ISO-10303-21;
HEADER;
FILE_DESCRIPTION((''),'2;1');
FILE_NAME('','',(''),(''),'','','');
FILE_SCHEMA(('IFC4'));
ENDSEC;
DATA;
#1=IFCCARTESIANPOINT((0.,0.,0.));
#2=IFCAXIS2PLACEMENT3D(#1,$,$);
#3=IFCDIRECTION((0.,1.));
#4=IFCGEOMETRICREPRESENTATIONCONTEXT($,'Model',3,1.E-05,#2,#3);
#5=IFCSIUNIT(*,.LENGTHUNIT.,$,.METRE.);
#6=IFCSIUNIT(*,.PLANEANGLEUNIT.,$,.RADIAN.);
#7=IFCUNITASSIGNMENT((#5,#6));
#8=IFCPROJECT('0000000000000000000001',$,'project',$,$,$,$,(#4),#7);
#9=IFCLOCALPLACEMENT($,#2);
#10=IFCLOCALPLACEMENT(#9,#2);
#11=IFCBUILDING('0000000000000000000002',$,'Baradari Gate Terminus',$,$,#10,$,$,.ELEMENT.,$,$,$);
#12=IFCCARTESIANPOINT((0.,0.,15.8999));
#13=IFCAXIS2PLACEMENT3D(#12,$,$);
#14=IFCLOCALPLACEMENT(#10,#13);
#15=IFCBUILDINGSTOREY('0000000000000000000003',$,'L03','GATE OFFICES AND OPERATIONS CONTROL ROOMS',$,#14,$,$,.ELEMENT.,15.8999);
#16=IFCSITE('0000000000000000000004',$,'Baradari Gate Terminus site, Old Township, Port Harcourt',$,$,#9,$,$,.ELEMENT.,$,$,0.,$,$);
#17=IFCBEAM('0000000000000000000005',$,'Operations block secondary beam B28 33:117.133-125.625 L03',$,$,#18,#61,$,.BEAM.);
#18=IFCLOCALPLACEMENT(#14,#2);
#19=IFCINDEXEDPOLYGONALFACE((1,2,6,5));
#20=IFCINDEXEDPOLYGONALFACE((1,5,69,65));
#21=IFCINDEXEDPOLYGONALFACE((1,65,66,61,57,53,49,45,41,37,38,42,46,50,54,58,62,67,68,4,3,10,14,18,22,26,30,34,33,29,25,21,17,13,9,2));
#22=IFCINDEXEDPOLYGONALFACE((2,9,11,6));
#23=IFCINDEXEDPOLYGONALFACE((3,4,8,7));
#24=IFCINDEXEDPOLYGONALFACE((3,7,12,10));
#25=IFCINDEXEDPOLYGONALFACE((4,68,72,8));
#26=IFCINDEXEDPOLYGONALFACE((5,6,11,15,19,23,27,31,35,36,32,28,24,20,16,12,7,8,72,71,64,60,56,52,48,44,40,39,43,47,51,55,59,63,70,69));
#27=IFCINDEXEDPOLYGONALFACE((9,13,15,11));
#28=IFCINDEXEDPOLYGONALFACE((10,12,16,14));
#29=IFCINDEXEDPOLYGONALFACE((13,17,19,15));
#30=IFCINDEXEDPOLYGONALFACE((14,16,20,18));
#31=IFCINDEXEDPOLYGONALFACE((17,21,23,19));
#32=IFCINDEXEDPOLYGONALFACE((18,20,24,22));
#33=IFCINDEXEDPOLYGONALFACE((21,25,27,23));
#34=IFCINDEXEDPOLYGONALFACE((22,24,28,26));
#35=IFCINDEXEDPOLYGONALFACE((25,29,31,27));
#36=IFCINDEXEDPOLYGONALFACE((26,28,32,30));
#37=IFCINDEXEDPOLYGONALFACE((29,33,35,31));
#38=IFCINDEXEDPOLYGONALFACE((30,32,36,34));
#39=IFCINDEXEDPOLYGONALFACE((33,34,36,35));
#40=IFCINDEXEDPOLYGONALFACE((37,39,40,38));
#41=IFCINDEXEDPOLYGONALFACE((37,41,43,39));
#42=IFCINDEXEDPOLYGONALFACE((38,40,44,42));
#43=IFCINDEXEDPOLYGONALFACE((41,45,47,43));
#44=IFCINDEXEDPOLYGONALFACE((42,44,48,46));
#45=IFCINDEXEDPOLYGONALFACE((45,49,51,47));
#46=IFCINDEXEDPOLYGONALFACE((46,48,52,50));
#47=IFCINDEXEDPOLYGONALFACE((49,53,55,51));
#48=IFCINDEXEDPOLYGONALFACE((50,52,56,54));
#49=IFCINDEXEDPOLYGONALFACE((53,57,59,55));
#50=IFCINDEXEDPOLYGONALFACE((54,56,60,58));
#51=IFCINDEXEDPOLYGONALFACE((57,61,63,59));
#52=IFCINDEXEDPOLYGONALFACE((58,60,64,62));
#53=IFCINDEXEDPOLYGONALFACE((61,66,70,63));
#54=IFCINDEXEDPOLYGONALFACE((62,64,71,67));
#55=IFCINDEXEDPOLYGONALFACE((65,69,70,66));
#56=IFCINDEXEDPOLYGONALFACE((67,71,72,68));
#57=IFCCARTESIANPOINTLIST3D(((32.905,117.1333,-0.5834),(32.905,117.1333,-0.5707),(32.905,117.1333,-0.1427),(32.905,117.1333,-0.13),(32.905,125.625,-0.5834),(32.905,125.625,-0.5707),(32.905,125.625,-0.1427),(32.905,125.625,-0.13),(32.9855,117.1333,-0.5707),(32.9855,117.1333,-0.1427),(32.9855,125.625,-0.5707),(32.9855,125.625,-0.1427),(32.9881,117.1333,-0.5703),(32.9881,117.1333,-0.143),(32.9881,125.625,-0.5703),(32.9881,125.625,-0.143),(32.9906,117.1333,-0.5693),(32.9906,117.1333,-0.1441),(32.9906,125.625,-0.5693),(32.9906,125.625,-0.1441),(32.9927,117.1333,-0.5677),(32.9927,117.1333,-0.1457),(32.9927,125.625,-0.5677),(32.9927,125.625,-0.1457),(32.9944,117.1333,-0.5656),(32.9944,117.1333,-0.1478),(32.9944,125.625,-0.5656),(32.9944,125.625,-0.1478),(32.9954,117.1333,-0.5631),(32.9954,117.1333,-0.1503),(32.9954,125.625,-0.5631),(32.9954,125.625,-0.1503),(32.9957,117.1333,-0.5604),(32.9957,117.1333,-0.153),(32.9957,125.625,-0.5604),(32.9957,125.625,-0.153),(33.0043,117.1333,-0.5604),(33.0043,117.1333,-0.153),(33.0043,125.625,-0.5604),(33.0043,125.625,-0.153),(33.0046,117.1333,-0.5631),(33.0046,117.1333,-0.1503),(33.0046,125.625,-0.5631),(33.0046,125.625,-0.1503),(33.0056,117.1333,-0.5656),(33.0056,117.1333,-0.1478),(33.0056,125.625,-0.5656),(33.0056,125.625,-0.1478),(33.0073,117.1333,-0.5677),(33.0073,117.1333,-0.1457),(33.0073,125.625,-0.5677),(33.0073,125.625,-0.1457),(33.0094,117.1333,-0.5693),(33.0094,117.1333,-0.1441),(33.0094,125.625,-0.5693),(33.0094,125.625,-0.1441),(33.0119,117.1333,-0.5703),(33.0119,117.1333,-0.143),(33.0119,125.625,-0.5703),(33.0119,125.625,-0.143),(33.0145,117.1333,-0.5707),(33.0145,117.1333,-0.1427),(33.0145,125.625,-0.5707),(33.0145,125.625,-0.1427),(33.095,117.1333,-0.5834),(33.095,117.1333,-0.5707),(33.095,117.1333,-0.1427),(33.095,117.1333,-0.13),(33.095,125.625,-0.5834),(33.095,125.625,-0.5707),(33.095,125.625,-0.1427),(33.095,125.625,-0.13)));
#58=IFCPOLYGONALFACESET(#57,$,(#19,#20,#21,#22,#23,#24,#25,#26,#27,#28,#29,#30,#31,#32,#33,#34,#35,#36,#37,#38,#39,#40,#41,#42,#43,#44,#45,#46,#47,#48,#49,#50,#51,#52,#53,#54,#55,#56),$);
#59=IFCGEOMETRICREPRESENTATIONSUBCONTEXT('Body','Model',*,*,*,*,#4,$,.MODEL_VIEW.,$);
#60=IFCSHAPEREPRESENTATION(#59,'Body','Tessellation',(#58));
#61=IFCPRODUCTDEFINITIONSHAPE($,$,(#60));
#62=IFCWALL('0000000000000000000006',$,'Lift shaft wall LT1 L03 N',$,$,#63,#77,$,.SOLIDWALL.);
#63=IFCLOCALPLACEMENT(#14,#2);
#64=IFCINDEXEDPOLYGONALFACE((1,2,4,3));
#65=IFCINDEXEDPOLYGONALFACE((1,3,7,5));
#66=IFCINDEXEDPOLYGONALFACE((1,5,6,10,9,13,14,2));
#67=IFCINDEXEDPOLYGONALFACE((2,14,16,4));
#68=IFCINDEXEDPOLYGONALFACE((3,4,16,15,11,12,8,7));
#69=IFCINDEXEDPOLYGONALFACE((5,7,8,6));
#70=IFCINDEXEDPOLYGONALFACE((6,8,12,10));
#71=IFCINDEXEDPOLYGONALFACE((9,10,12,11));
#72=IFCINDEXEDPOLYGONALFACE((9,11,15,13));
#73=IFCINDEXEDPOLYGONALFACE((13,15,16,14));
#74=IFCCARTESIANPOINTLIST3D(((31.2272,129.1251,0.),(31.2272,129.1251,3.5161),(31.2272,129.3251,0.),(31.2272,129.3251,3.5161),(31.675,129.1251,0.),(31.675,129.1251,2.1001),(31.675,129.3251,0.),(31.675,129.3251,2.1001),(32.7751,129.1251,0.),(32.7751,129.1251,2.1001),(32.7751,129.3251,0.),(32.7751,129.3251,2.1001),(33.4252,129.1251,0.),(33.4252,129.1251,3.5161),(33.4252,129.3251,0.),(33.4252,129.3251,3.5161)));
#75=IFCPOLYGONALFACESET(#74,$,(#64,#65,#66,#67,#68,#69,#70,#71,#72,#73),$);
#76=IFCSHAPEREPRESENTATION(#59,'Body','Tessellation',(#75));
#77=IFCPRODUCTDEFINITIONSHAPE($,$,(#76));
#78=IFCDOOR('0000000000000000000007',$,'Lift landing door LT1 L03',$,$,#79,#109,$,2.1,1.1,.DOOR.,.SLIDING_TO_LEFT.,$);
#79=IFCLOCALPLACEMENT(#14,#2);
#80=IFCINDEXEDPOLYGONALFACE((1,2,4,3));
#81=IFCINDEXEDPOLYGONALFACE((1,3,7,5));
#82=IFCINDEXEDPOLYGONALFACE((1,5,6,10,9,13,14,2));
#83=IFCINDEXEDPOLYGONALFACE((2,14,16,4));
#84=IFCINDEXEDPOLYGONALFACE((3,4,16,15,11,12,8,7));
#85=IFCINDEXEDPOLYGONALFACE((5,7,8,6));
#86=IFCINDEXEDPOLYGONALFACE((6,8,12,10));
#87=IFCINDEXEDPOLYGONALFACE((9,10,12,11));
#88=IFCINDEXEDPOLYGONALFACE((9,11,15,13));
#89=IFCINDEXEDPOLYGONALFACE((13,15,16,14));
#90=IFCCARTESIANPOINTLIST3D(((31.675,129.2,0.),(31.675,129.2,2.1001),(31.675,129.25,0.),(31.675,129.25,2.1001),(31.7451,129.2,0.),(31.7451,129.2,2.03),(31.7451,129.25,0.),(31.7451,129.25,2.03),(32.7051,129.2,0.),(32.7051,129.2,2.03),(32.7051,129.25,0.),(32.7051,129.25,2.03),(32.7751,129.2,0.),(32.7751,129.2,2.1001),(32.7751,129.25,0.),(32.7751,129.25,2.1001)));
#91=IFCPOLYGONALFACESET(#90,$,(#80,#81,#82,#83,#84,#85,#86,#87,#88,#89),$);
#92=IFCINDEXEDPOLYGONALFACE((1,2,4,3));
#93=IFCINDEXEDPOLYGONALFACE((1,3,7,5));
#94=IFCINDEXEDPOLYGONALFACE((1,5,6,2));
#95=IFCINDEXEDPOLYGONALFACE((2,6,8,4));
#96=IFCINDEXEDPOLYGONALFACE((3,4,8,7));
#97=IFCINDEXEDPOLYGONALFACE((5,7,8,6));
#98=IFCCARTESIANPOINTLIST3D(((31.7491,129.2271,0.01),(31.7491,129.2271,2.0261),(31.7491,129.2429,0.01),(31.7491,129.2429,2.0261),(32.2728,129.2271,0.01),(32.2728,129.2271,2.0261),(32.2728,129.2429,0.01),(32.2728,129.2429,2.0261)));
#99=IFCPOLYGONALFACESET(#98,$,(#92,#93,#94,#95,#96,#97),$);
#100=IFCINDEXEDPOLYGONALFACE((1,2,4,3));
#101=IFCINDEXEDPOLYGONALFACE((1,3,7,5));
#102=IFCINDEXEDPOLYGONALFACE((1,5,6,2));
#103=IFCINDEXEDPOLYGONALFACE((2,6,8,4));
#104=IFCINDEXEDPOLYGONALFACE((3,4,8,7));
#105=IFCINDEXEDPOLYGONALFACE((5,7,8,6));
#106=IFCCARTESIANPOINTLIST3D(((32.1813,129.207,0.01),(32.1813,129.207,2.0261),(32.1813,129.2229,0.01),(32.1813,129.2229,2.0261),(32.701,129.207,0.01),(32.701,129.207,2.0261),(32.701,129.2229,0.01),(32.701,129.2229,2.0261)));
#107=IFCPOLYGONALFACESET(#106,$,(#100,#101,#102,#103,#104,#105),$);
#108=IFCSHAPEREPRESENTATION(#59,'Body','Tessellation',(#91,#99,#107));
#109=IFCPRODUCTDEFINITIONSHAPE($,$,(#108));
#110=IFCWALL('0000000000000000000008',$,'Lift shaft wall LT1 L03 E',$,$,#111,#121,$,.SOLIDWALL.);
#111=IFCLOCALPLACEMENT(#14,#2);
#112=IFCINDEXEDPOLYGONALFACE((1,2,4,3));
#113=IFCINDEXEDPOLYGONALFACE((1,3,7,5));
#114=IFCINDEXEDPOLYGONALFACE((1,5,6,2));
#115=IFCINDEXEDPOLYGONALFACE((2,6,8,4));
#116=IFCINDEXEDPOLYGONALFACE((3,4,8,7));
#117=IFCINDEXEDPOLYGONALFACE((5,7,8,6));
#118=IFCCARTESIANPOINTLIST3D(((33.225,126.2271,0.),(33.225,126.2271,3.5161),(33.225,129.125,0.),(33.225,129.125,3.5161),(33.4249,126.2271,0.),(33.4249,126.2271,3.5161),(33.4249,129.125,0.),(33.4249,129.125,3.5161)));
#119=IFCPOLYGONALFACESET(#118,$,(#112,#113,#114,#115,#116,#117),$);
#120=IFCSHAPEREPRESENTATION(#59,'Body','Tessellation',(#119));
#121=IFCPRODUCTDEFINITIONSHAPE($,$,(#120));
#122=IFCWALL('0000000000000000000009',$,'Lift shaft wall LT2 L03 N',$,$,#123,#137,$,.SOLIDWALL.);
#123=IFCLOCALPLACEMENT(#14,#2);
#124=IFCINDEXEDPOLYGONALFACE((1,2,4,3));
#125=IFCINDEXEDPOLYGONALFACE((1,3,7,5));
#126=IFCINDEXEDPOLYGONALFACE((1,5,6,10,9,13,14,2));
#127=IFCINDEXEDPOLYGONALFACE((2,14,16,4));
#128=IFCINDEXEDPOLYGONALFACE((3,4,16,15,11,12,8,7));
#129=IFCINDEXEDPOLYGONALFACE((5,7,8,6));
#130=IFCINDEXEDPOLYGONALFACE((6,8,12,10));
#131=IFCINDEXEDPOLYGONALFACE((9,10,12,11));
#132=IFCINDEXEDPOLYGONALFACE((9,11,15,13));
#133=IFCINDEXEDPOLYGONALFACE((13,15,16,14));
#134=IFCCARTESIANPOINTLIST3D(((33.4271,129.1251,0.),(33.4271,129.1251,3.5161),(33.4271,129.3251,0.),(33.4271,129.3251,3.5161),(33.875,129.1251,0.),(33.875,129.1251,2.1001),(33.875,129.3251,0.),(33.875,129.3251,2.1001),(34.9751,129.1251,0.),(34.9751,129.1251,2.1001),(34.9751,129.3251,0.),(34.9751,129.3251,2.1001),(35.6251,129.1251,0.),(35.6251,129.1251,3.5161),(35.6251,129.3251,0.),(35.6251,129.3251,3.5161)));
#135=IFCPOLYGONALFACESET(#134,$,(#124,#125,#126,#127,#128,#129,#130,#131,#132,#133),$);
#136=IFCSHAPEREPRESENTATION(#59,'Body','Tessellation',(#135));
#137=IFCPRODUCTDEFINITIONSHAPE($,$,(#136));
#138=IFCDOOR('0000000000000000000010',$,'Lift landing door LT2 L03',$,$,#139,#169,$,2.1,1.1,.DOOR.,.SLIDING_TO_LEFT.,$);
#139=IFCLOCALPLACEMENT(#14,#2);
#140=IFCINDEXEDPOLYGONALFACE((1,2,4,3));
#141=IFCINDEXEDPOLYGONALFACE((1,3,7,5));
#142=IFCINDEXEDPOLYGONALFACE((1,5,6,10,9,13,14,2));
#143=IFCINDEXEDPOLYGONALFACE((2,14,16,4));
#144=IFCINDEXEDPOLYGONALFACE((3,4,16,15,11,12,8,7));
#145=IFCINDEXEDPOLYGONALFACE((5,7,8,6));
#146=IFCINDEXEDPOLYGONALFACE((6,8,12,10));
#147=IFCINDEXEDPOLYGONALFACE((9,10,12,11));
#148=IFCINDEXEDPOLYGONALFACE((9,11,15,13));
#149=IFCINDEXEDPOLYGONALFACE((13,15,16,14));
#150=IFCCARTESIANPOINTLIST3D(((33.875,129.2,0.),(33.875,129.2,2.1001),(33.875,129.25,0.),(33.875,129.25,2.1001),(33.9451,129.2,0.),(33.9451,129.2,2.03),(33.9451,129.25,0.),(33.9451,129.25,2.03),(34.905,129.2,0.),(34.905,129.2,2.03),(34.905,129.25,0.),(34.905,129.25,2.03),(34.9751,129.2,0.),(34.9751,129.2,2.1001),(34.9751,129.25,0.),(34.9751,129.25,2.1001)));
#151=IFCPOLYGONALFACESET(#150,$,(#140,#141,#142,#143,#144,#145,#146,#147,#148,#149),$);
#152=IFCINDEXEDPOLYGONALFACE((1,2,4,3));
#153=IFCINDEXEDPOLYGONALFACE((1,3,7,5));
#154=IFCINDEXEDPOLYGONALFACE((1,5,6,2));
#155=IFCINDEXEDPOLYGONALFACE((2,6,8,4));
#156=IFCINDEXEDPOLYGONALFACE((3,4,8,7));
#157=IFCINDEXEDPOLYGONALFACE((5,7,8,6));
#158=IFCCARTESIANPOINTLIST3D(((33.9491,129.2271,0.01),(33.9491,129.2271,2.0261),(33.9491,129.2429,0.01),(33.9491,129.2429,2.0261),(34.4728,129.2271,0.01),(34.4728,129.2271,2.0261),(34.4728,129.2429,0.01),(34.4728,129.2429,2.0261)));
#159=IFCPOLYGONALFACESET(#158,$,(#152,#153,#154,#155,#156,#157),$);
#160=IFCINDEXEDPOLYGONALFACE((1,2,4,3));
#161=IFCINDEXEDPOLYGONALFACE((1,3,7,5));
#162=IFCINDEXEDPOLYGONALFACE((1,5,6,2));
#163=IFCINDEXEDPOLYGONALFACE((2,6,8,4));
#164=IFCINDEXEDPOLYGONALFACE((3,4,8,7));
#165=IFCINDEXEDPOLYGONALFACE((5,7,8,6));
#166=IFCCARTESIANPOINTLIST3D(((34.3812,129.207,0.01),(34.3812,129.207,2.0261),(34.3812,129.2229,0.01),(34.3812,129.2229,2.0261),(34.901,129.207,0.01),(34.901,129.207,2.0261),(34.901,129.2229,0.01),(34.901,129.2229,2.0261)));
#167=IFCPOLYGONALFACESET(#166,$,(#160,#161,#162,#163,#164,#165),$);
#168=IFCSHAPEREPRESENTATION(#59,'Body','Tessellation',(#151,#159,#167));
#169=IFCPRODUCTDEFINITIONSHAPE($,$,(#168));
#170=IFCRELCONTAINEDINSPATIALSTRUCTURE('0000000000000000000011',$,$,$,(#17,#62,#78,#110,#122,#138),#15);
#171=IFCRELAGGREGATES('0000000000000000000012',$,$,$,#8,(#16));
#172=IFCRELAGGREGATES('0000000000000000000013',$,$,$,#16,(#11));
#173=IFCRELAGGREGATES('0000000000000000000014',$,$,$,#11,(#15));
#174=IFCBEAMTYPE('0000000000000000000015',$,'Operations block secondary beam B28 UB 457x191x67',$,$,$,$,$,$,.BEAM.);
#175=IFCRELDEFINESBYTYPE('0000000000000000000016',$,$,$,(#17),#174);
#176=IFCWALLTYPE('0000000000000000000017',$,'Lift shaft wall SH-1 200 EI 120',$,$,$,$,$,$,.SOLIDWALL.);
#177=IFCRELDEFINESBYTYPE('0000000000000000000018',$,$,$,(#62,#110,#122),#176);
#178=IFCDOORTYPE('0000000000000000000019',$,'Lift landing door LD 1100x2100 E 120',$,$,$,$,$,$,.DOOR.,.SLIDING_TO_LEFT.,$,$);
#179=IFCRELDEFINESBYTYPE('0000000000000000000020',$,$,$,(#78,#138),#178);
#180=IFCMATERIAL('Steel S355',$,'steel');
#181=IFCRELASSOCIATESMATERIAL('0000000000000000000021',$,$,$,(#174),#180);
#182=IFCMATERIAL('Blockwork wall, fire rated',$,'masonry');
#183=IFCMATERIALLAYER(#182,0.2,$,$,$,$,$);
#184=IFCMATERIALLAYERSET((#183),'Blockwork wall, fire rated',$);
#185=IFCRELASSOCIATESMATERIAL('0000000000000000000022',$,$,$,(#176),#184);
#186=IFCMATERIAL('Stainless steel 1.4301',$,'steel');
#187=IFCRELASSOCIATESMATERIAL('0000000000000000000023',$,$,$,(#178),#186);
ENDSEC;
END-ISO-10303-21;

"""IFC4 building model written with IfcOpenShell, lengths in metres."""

from ifc_helpers import new_model, si_unit, direction, frame, frame_2d, origin, origin_2d, place, context, subcontext, project, spatial, polyline, rectangle, i_section, outline, extrude, material, layer, layer_set, material_profile, profile_set, type_object, element, fill, save


model = new_model("IFC4")

# Units and contexts
model_context = context("Model", 3, precision=1e-05, world=origin(), true_north=direction((0.0, 1.0)))
body_context = subcontext(model_context, "Body", "Model", "MODEL_VIEW")
ifc_project = project(units=[si_unit("LENGTHUNIT", "METRE"), si_unit("PLANEANGLEUNIT", "RADIAN")], contexts=[model_context])

# Site, building, storey
site_placement = place(None, origin())
site = spatial("IfcSite", under=ifc_project, at=site_placement, Name="Baradari Gate Terminus site, Old Township, Port Harcourt", CompositionType="ELEMENT", RefElevation=0.0)
building_placement = place(site_placement, origin())
building = spatial("IfcBuilding", under=site, at=building_placement, Name="Baradari Gate Terminus", CompositionType="ELEMENT")
storey_placement = place(building_placement, frame((0.0, 0.0, 15.8999)))
storey = spatial("IfcBuildingStorey", under=building, at=storey_placement, Name="L03", Description="GATE OFFICES AND OPERATIONS CONTROL ROOMS", CompositionType="ELEMENT", Elevation=15.8999)

# Beam
ifc_material_1 = material(Name="Steel S355", Category="steel")
ifc_material_profile_1 = material_profile(ifc_material_1, i_section(OverallWidth=0.1899, OverallDepth=0.4534, WebThickness=0.0085, FlangeThickness=0.0127, FilletRadius=0.0103, at=origin_2d()), Name="UB 457x191x67")
ifc_profile_set_1 = profile_set([ifc_material_profile_1], Name="Steel S355")
beam_type_1 = type_object("IfcBeamType", Name="Operations block secondary beam B28 UB 457x191x67", PredefinedType="BEAM", material=ifc_profile_set_1)
for number, where, z_axis, x_axis, name in (
    (1, (33.0, 117.1333, -0.3567), (0.0, 1.0, 0.0), (-1.0, 0.0, 0.0), "Operations block secondary beam B28 33:117.133-125.625 L03"),
):
    element("IfcBeam", number, at=place(storey_placement, frame(where, z_axis=z_axis, x_axis=x_axis)), inside=storey, type_object=beam_type_1, Name=name, PredefinedType="BEAM", context=body_context, shape_type="SweptSolid", body=[
        extrude(i_section(OverallWidth=0.1899, OverallDepth=0.4534, WebThickness=0.0085, FlangeThickness=0.0127, FilletRadius=0.0103, at=origin_2d()), origin(), (0.0, 0.0, 1.0), 8.4917),
    ])

# Wall, opening, door
ifc_material_2 = material(Name="Blockwork wall, fire rated", Category="masonry")
ifc_layer_1 = layer(ifc_material_2, 0.2)
ifc_layer_set_1 = layer_set([ifc_layer_1], Name="Blockwork wall, fire rated")
wall_type_1 = type_object("IfcWallType", Name="Lift shaft wall SH-1 200 EI 120", PredefinedType="SOLIDWALL", material=ifc_layer_set_1)
wall_1_placement = place(storey_placement, frame((31.2271, 129.2251, 0.0), z_axis=(0.0, 0.0, 1.0), x_axis=(1.0, 0.0, 0.0)))
wall_1 = element("IfcWall", 2, at=wall_1_placement, inside=storey, type_object=wall_type_1, Name="Lift shaft wall LT1 L03 N", PredefinedType="SOLIDWALL", context=body_context, shape_type="SweptSolid", body=[
    extrude(rectangle(XDim=2.198, YDim=0.2, at=frame_2d((1.0991, 0.0))), origin(), (0.0, 0.0, 1.0), 3.5161),
])
opening_1_placement = place(wall_1_placement, frame((0.448, 0.0, 0.0)))
opening_1 = element("IfcOpeningElement", 3, at=opening_1_placement, cuts=wall_1, PredefinedType="OPENING", context=body_context, shape_type="SweptSolid", body=[
    extrude(rectangle(XDim=1.1001, YDim=2.1001, at=frame_2d((0.55, 1.05))), frame((0.0, 0.1099, 0.0), z_axis=(0.0, -1.0, 0.0), x_axis=(1.0, 0.0, 0.0)), (0.0, 0.0, 1.0), 0.22),
])
ifc_material_3 = material(Name="Stainless steel 1.4301", Category="steel")
door_type_1 = type_object("IfcDoorType", Name="Lift landing door LD 1100x2100 E 120", OperationType="SLIDING_TO_LEFT", PredefinedType="DOOR", material=ifc_material_3)
door_1_placement = place(opening_1_placement, origin())
door_1 = element("IfcDoor", 4, at=door_1_placement, inside=storey, type_object=door_type_1, Name="Lift landing door LT1 L03", OperationType="SLIDING_TO_LEFT", OverallHeight=2.1, OverallWidth=1.1, PredefinedType="DOOR", context=body_context, shape_type="SweptSolid", body=[
    extrude(outline(polyline([(0.0, 0.0), (0.0701, 0.0), (0.0701, 2.03), (1.03, 2.03), (1.03, 0.0), (1.1001, 0.0), (1.1001, 2.1001), (0.0, 2.1001), (0.0, 0.0)])), frame((0.0, 0.0249, 0.0), z_axis=(0.0, -1.0, 0.0), x_axis=(1.0, 0.0, 0.0)), (0.0, 0.0, 1.0), 0.05),
    extrude(rectangle(XDim=0.5237, YDim=2.0161, at=frame_2d((0.3359, 1.0181))), frame((0.0, 0.0178, 0.0), z_axis=(0.0, -1.0, 0.0), x_axis=(1.0, 0.0, 0.0)), (0.0, 0.0, 1.0), 0.0159),
    extrude(rectangle(XDim=0.5198, YDim=2.0161, at=frame_2d((0.7661, 1.0181))), frame((0.0, -0.0022, 0.0), z_axis=(0.0, -1.0, 0.0), x_axis=(1.0, 0.0, 0.0)), (0.0, 0.0, 1.0), 0.0159),
])
fill(opening_1, door_1)

# Wall
wall_2_placement = place(storey_placement, frame((33.325, 126.2271, 0.0), z_axis=(0.0, 0.0, 1.0), x_axis=(0.0, 1.0, 0.0)))
element("IfcWall", 5, at=wall_2_placement, inside=storey, type_object=wall_type_1, Name="Lift shaft wall LT1 L03 E", PredefinedType="SOLIDWALL", context=body_context, shape_type="SweptSolid", body=[
    extrude(rectangle(XDim=2.8979, YDim=0.2, at=frame_2d((1.449, 0.0))), origin(), (0.0, 0.0, 1.0), 3.5161),
])

# Wall, opening, door
wall_3_placement = place(storey_placement, frame((33.427, 129.2251, 0.0), z_axis=(0.0, 0.0, 1.0), x_axis=(1.0, 0.0, 0.0)))
wall_3 = element("IfcWall", 6, at=wall_3_placement, inside=storey, type_object=wall_type_1, Name="Lift shaft wall LT2 L03 N", PredefinedType="SOLIDWALL", context=body_context, shape_type="SweptSolid", body=[
    extrude(rectangle(XDim=2.198, YDim=0.2, at=frame_2d((1.0991, 0.0))), origin(), (0.0, 0.0, 1.0), 3.5161),
])
opening_2_placement = place(wall_3_placement, frame((0.448, 0.0, 0.0)))
opening_2 = element("IfcOpeningElement", 7, at=opening_2_placement, cuts=wall_3, PredefinedType="OPENING", context=body_context, shape_type="SweptSolid", body=[
    extrude(rectangle(XDim=1.1001, YDim=2.1001, at=frame_2d((0.55, 1.05))), frame((0.0, 0.1099, 0.0), z_axis=(0.0, -1.0, 0.0), x_axis=(1.0, 0.0, 0.0)), (0.0, 0.0, 1.0), 0.22),
])
door_2_placement = place(opening_2_placement, origin())
door_2 = element("IfcDoor", 8, at=door_2_placement, inside=storey, type_object=door_type_1, Name="Lift landing door LT2 L03", OperationType="SLIDING_TO_LEFT", OverallHeight=2.1, OverallWidth=1.1, PredefinedType="DOOR", context=body_context, shape_type="SweptSolid", body=[
    extrude(outline(polyline([(0.0, 0.0), (0.0701, 0.0), (0.0701, 2.03), (1.03, 2.03), (1.03, 0.0), (1.1001, 0.0), (1.1001, 2.1001), (0.0, 2.1001), (0.0, 0.0)])), frame((0.0, 0.0249, 0.0), z_axis=(0.0, -1.0, 0.0), x_axis=(1.0, 0.0, 0.0)), (0.0, 0.0, 1.0), 0.05),
    extrude(rectangle(XDim=0.5237, YDim=2.0161, at=frame_2d((0.3359, 1.0181))), frame((0.0, 0.0178, 0.0), z_axis=(0.0, -1.0, 0.0), x_axis=(1.0, 0.0, 0.0)), (0.0, 0.0, 1.0), 0.0159),
    extrude(rectangle(XDim=0.5198, YDim=2.0161, at=frame_2d((0.7661, 1.0181))), frame((0.0, -0.0022, 0.0), z_axis=(0.0, -1.0, 0.0), x_axis=(1.0, 0.0, 0.0)), (0.0, 0.0, 1.0), 0.0159),
])
fill(opening_2, door_2)

save(model, "model.ifc")
